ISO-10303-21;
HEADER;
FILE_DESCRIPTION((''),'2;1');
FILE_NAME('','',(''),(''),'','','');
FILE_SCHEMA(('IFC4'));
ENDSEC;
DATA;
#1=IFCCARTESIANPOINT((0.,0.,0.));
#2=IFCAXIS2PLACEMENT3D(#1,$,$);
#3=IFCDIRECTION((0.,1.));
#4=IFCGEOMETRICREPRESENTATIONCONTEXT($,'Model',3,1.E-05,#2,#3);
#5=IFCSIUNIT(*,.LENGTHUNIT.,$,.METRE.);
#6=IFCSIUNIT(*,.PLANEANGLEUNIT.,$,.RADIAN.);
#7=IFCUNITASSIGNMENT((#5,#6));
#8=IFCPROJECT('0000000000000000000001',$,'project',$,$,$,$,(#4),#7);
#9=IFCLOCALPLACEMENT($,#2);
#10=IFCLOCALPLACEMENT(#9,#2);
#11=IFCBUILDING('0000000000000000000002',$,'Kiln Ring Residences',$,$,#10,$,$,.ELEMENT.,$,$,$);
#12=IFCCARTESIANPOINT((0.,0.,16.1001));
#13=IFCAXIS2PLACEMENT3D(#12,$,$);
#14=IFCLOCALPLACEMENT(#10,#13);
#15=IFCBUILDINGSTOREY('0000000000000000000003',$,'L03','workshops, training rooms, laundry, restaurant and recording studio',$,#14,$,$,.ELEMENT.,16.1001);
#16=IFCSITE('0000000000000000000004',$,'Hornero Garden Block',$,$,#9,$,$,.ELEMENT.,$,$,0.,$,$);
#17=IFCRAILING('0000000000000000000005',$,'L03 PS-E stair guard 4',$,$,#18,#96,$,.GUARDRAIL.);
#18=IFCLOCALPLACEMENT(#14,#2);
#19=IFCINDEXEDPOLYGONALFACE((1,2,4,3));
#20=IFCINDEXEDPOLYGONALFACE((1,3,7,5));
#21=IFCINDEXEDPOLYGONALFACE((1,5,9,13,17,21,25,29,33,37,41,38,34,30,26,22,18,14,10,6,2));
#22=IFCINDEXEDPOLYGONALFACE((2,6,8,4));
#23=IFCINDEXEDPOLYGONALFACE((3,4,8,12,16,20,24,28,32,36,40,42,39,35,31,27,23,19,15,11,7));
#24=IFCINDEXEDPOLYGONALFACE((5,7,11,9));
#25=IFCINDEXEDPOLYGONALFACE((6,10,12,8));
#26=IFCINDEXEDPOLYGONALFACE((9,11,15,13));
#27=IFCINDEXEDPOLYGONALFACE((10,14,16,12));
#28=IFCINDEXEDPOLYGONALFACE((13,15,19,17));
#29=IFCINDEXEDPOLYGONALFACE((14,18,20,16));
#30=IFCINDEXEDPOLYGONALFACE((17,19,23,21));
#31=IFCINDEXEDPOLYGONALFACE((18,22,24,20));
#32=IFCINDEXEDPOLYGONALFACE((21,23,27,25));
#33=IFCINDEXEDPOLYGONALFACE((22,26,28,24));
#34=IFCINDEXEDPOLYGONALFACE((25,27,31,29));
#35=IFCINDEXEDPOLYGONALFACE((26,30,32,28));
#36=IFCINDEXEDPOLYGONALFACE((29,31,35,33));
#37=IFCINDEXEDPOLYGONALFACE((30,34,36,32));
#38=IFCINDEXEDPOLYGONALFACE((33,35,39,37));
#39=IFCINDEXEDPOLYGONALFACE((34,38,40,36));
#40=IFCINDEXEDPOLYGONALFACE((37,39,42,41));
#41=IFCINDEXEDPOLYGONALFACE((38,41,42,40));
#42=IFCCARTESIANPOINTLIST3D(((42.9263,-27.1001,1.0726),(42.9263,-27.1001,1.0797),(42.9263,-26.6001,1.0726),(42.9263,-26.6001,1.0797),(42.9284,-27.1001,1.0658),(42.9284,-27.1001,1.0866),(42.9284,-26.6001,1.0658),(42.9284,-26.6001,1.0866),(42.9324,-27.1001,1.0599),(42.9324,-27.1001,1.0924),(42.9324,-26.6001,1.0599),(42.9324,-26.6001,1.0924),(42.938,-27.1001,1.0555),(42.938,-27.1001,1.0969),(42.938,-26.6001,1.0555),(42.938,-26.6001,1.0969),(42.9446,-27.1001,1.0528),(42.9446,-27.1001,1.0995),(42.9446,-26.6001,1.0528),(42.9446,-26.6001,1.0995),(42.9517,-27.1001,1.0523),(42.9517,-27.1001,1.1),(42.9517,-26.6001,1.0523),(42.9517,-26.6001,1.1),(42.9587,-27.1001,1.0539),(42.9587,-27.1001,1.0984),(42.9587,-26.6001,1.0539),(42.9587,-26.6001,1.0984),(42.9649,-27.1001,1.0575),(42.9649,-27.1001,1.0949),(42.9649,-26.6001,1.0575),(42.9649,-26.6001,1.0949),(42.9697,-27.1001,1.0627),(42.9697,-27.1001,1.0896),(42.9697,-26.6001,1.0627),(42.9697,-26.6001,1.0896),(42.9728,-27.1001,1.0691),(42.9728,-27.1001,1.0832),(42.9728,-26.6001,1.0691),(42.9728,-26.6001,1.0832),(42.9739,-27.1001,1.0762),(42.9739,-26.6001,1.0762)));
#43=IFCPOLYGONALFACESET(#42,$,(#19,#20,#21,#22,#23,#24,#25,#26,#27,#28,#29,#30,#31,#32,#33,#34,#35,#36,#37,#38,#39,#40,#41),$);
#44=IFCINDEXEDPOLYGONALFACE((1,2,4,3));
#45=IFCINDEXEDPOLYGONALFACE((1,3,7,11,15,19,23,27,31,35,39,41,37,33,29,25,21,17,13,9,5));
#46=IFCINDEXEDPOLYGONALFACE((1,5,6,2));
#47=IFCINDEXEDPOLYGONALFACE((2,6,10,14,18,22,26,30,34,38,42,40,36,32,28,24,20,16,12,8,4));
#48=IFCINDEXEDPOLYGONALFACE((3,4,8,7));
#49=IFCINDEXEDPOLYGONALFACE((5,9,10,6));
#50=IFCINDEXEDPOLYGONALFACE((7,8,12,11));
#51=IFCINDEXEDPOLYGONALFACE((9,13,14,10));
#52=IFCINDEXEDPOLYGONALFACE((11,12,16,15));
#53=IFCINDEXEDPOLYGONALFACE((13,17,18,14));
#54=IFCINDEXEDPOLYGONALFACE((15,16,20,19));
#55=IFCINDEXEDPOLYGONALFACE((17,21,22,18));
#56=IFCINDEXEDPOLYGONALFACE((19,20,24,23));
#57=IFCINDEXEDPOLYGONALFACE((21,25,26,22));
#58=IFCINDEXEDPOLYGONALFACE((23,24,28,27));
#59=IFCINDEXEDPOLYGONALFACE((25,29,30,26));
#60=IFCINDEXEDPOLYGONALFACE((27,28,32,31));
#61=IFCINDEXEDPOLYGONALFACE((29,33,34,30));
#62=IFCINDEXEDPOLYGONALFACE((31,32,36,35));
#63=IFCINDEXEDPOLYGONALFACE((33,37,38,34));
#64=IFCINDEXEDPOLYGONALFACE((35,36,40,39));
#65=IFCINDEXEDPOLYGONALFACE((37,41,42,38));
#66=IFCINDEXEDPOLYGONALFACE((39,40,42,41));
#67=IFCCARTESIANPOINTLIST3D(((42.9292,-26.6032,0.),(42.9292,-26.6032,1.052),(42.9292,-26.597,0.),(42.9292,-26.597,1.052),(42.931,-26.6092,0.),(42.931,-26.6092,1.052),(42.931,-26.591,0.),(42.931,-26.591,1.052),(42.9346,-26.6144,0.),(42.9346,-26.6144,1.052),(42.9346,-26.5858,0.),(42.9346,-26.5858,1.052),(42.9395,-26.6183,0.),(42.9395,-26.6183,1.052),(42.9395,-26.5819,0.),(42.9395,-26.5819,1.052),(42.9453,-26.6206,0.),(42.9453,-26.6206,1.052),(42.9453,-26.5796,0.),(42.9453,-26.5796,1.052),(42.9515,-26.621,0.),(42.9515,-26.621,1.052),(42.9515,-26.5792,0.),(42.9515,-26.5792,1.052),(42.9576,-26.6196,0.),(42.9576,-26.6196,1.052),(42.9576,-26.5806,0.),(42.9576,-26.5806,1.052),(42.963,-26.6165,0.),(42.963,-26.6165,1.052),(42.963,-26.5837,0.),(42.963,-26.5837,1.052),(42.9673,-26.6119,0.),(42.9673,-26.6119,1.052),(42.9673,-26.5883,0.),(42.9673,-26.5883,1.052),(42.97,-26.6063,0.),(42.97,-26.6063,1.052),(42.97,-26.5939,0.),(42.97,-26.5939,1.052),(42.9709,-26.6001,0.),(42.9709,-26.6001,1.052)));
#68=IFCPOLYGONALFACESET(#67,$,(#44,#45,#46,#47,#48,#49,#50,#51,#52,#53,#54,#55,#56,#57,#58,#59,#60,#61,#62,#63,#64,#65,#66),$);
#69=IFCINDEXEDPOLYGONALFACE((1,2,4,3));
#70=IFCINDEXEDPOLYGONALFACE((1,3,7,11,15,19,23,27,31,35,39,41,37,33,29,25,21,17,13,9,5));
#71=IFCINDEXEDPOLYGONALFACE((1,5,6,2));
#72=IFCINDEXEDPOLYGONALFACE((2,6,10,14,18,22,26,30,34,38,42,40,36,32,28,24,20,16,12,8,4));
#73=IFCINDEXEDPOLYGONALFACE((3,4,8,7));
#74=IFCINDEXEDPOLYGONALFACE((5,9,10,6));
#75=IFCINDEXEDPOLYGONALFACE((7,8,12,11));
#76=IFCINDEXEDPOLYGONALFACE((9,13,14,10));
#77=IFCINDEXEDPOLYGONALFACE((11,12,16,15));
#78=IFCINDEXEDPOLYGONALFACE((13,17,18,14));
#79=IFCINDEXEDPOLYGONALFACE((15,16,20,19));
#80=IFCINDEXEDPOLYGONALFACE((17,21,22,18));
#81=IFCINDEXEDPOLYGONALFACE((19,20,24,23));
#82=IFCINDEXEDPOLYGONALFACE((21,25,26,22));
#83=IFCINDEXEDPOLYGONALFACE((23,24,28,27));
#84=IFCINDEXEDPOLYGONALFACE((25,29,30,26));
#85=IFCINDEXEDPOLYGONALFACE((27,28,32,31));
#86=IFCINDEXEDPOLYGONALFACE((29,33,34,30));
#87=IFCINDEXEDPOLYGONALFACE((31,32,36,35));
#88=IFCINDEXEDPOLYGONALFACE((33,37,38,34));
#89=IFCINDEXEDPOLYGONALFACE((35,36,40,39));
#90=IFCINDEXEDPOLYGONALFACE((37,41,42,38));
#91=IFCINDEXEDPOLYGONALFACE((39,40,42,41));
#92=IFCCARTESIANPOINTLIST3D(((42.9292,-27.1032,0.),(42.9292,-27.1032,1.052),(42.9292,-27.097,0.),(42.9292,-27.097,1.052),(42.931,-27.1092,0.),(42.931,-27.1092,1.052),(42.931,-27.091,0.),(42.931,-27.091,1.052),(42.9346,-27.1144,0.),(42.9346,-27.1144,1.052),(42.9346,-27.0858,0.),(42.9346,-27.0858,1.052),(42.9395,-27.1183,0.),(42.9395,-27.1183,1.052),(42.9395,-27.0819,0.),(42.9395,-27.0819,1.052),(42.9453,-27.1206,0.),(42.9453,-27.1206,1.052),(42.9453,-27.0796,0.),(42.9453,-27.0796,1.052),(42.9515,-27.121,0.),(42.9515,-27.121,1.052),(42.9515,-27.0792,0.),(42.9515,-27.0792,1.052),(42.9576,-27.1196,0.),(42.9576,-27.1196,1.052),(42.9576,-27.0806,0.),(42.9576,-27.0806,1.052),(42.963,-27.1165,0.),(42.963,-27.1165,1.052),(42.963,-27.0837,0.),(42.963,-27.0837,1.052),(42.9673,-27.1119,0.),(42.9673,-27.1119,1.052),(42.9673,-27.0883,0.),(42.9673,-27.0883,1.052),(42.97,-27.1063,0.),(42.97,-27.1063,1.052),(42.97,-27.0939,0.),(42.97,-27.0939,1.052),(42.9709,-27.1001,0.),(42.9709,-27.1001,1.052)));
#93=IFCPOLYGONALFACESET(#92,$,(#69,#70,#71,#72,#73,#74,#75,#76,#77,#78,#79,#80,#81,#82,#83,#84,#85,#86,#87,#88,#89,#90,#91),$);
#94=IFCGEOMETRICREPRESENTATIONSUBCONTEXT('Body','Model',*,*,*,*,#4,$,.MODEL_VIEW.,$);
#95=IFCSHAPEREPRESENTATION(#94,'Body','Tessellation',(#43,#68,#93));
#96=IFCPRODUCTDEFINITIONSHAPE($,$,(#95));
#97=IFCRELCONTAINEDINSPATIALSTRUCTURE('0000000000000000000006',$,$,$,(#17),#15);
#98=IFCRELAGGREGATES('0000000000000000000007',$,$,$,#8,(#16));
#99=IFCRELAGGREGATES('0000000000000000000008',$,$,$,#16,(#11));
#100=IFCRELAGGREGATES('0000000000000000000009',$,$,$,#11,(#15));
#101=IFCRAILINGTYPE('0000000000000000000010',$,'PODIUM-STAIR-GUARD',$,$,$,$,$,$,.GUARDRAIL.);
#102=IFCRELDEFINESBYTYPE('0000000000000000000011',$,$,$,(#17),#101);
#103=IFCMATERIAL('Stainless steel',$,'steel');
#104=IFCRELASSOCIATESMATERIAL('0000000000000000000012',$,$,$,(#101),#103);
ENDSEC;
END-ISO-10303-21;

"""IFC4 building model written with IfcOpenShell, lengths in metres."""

from ifc_helpers import new_model, si_unit, direction, frame, origin, origin_2d, place, context, subcontext, project, spatial, circle, extrude, material, type_object, element, save


model = new_model("IFC4")

# Units and contexts
model_context = context("Model", 3, precision=1e-05, world=origin(), true_north=direction((0.0, 1.0)))
body_context = subcontext(model_context, "Body", "Model", "MODEL_VIEW")
ifc_project = project(units=[si_unit("LENGTHUNIT", "METRE"), si_unit("PLANEANGLEUNIT", "RADIAN")], contexts=[model_context])

# Site, building, storey
site_placement = place(None, origin())
site = spatial("IfcSite", under=ifc_project, at=site_placement, Name="Hornero Garden Block", CompositionType="ELEMENT", RefElevation=0.0)
building_placement = place(site_placement, origin())
building = spatial("IfcBuilding", under=site, at=building_placement, Name="Kiln Ring Residences", CompositionType="ELEMENT")
storey_placement = place(building_placement, frame((0.0, 0.0, 16.1001)))
storey = spatial("IfcBuildingStorey", under=building, at=storey_placement, Name="L03", Description="workshops, training rooms, laundry, restaurant and recording studio", CompositionType="ELEMENT", Elevation=16.1001)

# Railing
ifc_material_1 = material(Name="Stainless steel", Category="steel")
railing_type_1 = type_object("IfcRailingType", Name="PODIUM-STAIR-GUARD", PredefinedType="GUARDRAIL", material=ifc_material_1)
railing_1_placement = place(storey_placement, frame((42.95, -26.6001, 0.0)))
element("IfcRailing", 1, at=railing_1_placement, inside=storey, type_object=railing_type_1, Name="L03 PS-E stair guard 4", PredefinedType="GUARDRAIL", context=body_context, shape_type="SweptSolid", body=[
    extrude(circle(Radius=0.0239, at=origin_2d()), frame((0.0, 0.0, 1.0762), z_axis=(0.0, -1.0, 0.0), x_axis=(1.0, 0.0, 0.0)), (0.0, 0.0, 1.0), 0.5),
    extrude(circle(Radius=0.021, at=origin_2d()), origin(), (0.0, 0.0, 1.0), 1.052),
    extrude(circle(Radius=0.021, at=origin_2d()), frame((0.0, -0.5, 0.0)), (0.0, 0.0, 1.0), 1.052),
])

save(model, "model.ifc")
